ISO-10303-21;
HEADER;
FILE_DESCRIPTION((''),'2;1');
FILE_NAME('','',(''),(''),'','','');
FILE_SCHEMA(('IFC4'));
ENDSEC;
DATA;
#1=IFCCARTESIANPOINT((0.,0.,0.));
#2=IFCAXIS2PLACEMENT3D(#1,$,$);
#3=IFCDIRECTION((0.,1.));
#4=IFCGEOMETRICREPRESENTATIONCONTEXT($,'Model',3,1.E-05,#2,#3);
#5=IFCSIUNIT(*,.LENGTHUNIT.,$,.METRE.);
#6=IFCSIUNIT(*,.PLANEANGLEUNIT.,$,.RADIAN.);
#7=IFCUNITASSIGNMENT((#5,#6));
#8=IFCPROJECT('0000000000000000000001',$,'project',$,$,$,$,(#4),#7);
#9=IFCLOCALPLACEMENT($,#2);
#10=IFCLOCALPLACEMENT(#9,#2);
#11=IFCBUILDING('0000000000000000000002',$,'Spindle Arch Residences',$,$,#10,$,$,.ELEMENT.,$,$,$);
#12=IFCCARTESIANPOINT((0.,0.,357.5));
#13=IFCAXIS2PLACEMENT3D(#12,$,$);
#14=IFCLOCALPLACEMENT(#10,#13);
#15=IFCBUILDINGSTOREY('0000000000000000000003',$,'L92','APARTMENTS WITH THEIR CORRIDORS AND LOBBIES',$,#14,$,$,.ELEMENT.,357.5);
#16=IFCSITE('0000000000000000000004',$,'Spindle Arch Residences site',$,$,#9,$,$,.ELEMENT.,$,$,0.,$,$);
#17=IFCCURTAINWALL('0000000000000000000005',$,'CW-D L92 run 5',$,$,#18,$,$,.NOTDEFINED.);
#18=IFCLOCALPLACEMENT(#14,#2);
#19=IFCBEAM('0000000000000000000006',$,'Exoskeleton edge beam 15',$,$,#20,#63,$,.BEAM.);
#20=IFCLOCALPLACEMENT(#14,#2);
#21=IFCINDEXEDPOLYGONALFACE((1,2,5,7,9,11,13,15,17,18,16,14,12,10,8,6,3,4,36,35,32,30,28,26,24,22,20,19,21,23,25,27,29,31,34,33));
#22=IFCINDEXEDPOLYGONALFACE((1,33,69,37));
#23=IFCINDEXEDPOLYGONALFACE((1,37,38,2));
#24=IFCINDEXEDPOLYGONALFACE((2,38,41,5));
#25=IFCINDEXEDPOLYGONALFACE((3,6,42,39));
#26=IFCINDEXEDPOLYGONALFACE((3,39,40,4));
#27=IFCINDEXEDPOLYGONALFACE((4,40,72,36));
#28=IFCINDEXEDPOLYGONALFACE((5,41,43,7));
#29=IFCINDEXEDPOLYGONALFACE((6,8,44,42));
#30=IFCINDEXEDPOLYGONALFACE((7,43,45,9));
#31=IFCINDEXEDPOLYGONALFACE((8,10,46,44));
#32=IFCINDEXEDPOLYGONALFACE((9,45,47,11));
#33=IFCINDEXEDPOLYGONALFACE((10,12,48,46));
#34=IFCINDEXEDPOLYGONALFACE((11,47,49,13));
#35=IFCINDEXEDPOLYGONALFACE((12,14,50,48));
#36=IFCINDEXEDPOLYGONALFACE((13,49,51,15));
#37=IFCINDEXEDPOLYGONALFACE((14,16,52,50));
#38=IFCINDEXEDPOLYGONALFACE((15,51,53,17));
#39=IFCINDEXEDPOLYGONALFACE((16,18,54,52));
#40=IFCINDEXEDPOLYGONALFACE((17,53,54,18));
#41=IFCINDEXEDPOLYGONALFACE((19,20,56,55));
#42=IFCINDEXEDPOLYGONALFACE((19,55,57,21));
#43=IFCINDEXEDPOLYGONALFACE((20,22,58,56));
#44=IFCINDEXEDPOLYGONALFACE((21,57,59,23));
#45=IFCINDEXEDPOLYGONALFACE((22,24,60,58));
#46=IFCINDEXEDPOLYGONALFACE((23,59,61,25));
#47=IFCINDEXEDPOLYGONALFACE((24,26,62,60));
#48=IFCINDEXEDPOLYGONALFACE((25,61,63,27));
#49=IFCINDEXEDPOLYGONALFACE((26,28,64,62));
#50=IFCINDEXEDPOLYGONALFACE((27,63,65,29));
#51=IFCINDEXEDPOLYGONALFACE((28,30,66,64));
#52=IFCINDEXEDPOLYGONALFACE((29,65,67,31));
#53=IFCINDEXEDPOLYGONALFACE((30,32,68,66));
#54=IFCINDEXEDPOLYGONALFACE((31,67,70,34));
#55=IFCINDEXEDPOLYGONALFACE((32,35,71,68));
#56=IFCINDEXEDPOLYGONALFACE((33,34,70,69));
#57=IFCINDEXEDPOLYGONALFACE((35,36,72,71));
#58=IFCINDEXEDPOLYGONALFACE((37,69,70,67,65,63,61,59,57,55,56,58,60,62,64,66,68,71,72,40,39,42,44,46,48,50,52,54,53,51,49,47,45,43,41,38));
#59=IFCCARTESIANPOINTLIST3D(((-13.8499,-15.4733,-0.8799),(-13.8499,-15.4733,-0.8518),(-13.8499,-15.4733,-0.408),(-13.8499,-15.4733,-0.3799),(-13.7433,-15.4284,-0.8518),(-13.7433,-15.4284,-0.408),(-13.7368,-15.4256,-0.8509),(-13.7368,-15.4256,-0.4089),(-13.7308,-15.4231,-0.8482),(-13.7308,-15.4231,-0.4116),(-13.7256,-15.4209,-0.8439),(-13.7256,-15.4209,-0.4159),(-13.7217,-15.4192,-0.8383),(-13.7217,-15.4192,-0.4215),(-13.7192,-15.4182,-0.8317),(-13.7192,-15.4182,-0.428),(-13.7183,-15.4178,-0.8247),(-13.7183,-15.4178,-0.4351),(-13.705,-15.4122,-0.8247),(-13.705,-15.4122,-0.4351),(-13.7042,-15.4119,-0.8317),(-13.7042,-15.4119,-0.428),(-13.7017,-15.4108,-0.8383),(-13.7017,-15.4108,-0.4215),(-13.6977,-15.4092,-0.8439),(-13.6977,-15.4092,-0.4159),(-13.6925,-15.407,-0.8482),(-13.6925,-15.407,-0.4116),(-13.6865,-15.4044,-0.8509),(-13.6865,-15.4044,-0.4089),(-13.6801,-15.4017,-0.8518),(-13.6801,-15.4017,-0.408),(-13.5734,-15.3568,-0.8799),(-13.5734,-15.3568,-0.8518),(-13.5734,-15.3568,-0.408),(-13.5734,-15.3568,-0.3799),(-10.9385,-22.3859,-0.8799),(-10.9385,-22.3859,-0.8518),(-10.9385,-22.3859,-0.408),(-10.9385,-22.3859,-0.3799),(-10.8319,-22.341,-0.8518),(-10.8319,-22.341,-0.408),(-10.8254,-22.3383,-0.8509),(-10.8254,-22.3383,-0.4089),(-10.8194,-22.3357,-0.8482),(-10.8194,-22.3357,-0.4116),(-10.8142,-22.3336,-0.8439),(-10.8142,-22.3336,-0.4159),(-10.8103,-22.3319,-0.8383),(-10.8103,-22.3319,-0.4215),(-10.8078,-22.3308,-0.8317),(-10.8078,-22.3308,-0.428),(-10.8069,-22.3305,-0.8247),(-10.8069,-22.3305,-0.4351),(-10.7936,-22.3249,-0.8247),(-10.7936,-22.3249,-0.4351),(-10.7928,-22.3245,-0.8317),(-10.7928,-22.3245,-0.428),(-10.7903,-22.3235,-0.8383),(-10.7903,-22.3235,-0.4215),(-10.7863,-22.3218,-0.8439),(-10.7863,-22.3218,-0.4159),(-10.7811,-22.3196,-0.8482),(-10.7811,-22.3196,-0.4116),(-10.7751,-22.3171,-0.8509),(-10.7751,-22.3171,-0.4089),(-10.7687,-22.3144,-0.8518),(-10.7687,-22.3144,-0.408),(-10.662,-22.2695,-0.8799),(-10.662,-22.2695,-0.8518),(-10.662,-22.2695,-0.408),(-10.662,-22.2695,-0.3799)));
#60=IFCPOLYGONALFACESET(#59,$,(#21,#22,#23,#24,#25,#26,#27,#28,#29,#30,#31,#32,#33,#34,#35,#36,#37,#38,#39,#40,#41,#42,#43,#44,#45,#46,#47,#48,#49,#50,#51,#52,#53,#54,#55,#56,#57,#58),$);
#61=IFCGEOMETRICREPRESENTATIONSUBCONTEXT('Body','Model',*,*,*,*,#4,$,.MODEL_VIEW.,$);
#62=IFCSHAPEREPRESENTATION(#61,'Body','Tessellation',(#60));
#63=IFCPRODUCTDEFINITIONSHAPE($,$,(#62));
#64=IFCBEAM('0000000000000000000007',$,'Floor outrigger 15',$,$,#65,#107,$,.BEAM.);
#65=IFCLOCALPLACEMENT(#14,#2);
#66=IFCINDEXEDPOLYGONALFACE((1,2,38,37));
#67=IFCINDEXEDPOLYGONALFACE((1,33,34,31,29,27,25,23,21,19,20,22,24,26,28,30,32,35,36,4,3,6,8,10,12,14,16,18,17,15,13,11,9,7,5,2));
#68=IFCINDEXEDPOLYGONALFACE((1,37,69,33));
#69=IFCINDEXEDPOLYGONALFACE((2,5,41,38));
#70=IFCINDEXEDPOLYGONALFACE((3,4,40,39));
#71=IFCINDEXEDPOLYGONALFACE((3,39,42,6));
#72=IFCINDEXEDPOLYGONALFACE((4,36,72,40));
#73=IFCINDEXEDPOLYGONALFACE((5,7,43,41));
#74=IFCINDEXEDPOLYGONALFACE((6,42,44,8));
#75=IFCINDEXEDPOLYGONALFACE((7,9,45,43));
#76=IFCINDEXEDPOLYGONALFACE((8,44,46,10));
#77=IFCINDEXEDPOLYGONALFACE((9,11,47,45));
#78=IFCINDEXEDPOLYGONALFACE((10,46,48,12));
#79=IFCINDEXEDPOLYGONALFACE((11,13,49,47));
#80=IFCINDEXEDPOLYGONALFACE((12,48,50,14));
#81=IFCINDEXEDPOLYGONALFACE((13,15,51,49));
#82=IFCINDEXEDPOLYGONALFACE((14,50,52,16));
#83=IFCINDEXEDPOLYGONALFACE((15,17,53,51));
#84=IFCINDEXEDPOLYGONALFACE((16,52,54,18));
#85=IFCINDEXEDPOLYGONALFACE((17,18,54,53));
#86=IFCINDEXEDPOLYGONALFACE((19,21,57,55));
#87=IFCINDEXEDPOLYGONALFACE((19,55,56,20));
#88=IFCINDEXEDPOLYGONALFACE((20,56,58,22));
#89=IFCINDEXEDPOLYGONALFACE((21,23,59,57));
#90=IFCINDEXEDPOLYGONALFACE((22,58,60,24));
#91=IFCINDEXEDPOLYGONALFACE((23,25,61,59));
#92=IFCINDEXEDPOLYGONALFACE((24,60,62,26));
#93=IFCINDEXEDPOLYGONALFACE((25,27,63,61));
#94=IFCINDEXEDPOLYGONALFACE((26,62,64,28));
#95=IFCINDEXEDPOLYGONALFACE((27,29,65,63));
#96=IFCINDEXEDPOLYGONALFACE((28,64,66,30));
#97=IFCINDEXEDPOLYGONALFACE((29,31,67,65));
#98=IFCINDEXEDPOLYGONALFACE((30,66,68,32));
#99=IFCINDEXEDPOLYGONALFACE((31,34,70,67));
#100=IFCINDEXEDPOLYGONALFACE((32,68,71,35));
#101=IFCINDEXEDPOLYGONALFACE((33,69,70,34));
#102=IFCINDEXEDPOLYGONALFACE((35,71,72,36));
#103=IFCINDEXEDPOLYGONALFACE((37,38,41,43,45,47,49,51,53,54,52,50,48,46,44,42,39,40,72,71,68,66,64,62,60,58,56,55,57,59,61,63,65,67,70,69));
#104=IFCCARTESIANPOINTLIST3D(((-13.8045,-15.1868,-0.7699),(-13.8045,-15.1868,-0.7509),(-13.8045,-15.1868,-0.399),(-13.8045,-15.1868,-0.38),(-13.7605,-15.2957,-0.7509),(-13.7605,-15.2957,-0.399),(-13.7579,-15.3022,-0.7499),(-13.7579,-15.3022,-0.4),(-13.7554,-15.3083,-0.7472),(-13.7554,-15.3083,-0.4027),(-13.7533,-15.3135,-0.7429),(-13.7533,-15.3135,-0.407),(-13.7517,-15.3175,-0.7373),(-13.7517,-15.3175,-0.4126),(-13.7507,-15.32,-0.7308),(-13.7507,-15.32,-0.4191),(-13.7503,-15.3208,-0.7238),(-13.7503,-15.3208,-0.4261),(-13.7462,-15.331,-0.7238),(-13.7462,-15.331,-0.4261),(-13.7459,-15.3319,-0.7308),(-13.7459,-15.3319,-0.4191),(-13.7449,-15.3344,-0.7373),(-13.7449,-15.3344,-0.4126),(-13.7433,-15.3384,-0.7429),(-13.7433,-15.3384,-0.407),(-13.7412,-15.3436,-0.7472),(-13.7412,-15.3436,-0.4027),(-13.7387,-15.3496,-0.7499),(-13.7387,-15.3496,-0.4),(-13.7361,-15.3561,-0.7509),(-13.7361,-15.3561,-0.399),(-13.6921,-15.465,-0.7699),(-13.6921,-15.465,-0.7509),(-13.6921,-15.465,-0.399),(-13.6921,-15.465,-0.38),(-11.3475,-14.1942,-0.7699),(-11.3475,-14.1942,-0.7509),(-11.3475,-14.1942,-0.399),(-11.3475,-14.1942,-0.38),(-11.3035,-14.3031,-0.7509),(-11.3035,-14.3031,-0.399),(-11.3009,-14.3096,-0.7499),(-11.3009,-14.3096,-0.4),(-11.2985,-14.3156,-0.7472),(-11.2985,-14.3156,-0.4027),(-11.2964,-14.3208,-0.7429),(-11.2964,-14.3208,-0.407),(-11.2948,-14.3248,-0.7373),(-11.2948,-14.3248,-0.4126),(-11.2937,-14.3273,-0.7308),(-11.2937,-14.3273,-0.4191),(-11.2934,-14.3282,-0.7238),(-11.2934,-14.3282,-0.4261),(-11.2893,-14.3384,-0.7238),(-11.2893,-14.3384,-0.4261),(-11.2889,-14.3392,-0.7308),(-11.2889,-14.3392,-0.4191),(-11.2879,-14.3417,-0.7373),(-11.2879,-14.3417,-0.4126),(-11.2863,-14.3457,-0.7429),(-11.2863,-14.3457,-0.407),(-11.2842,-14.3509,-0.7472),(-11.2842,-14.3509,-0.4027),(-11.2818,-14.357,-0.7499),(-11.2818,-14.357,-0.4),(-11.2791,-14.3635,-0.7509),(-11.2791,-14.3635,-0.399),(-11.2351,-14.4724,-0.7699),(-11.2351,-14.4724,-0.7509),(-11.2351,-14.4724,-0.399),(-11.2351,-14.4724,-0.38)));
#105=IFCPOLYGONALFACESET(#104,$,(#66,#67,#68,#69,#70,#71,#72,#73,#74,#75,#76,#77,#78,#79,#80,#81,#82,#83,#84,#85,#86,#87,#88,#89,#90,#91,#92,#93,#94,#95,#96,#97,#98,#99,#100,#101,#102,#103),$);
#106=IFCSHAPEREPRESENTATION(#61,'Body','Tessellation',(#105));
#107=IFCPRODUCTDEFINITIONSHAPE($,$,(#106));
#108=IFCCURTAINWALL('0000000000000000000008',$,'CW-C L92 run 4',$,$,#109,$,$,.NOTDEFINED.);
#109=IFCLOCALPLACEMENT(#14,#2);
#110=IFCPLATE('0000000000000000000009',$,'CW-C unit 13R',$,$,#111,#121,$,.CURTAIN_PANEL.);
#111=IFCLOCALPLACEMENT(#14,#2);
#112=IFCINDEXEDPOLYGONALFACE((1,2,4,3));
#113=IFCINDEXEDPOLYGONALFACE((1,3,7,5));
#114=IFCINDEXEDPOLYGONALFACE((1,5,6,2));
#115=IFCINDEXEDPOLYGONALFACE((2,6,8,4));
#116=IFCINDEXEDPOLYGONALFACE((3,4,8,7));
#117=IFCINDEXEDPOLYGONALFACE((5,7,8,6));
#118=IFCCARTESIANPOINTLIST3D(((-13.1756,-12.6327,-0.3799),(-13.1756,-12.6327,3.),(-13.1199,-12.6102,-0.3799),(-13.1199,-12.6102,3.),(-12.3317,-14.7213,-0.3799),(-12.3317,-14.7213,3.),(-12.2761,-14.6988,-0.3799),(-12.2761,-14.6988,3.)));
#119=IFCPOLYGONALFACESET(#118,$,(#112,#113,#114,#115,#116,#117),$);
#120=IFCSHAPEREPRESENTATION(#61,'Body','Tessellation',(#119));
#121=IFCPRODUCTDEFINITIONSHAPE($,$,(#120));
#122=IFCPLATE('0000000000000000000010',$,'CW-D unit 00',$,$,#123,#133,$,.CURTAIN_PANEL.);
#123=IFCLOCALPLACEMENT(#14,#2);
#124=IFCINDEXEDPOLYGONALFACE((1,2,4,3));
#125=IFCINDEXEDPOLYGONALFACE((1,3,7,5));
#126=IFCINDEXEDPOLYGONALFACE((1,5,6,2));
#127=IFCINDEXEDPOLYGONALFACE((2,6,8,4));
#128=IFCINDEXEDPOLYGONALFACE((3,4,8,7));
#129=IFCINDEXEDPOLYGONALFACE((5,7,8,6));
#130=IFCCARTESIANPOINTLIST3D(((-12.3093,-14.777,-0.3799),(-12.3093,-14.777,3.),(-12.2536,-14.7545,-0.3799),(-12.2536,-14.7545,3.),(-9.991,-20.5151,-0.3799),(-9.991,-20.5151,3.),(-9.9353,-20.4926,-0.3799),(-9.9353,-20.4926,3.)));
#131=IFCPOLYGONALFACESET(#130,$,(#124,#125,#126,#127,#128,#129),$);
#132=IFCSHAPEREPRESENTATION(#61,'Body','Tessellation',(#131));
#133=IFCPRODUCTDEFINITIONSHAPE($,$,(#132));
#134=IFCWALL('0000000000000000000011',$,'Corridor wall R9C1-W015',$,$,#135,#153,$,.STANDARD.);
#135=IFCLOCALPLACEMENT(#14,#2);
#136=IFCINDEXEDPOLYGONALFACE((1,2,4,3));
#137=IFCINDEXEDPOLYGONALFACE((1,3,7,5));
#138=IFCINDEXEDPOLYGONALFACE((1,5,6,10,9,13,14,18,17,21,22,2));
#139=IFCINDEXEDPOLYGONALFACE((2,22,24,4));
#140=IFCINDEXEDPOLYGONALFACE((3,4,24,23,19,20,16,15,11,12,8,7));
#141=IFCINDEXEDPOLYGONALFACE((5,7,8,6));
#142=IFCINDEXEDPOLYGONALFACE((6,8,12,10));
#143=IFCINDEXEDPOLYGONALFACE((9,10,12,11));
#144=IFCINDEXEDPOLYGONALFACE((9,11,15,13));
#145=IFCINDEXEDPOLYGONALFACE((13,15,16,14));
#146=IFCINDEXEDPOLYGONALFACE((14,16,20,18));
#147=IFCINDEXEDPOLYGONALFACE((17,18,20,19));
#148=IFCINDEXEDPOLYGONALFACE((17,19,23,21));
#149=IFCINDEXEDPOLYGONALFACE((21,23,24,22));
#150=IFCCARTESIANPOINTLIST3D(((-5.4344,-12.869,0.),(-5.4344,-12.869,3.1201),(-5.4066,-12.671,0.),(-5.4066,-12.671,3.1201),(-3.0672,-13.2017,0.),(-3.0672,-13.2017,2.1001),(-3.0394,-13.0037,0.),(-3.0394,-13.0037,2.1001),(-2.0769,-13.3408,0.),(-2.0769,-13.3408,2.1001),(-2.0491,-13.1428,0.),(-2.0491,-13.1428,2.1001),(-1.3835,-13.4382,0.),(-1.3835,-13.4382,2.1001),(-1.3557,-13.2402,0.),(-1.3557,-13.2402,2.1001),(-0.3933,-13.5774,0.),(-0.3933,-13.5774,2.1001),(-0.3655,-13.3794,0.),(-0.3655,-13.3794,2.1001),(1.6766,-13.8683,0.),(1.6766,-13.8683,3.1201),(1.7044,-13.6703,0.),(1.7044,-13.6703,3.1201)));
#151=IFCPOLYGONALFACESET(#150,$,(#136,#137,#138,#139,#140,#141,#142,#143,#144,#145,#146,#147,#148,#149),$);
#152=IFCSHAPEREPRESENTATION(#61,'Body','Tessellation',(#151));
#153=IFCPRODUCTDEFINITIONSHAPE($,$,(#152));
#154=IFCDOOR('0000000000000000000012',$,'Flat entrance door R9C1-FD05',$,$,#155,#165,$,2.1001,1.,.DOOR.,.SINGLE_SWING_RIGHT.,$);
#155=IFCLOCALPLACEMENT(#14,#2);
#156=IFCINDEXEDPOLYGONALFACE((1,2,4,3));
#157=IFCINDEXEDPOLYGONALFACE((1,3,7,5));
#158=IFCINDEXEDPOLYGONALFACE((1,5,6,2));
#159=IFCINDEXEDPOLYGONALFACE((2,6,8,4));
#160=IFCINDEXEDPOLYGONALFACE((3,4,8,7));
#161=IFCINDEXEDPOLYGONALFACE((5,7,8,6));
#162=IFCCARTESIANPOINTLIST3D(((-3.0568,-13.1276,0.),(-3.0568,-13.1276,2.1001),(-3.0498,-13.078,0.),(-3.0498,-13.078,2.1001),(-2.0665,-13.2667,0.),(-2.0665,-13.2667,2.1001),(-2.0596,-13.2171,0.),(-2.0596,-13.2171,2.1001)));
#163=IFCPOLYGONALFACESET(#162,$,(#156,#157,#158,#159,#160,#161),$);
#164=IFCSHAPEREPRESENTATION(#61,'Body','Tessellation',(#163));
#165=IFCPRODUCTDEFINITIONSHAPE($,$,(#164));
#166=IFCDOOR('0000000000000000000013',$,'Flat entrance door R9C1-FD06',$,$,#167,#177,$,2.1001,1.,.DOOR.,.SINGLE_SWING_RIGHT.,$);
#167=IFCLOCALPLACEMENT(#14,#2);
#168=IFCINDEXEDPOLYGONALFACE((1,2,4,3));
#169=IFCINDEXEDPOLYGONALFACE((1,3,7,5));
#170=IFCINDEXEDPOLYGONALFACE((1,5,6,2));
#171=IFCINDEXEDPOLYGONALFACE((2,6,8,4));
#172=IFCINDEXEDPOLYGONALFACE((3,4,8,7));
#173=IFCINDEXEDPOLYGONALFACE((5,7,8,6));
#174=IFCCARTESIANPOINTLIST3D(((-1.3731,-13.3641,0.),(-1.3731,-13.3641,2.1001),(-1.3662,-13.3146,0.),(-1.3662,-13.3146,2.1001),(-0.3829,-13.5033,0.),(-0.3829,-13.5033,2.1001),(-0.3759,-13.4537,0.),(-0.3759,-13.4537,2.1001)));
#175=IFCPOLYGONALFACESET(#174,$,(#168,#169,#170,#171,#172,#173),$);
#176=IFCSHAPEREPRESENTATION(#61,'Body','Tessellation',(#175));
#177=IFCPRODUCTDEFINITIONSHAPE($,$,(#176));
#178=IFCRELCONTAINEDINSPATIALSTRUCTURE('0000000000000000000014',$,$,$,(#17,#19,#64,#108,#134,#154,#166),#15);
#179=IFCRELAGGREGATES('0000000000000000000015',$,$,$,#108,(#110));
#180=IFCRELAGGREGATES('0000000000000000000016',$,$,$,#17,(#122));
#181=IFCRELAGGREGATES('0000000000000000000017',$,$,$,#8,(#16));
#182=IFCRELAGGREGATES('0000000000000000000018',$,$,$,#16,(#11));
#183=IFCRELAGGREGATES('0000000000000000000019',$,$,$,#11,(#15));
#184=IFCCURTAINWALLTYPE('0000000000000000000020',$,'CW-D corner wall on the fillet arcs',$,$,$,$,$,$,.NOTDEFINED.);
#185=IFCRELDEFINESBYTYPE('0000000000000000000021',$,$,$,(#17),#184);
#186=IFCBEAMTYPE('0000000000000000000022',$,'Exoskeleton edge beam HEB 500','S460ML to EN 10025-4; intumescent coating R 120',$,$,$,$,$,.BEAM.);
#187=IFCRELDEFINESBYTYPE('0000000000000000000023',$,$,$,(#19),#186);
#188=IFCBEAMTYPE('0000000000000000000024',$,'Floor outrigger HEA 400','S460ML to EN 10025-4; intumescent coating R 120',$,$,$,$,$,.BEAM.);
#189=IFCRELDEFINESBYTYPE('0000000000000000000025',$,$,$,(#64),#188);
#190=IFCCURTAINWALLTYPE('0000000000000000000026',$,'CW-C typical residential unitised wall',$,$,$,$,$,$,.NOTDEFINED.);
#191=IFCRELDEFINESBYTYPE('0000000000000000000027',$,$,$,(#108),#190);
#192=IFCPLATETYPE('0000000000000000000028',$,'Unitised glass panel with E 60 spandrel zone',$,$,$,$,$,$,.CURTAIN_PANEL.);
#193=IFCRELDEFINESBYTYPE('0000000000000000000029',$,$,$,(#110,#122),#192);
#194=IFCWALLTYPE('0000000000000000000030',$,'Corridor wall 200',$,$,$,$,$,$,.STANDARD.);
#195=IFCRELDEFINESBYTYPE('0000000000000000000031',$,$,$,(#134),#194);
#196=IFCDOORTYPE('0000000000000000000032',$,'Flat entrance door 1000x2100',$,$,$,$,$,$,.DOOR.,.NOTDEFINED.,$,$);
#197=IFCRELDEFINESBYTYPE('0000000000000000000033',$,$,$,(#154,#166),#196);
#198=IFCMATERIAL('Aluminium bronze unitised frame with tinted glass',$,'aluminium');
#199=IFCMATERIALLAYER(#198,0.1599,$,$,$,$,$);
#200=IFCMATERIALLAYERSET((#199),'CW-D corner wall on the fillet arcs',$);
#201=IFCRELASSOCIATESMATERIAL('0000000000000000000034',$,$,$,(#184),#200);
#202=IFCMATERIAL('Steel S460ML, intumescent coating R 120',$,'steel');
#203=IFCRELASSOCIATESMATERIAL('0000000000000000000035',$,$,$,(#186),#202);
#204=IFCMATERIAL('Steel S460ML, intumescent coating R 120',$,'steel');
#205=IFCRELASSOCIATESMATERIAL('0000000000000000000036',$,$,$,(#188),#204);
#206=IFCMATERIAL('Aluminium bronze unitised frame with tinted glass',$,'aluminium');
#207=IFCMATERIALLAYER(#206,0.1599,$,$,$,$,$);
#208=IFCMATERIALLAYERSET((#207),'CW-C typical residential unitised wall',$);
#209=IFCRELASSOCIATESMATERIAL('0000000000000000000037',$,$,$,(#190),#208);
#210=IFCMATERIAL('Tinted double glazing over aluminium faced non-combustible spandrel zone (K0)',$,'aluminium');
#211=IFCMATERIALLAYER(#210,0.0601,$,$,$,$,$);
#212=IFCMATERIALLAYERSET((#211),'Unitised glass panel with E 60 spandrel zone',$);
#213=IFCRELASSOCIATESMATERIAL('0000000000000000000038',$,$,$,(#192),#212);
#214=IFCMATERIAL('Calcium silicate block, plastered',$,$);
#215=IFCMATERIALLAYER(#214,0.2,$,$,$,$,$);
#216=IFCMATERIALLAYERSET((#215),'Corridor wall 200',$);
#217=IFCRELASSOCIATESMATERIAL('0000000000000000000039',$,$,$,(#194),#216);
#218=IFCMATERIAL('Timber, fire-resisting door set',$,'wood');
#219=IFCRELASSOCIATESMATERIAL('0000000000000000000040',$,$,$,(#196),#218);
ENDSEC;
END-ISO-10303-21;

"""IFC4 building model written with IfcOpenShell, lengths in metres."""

from ifc_helpers import new_model, si_unit, direction, frame, frame_2d, origin, origin_2d, place, context, subcontext, project, spatial, rectangle, i_section, extrude, material, layer, layer_set, material_profile, profile_set, type_object, element, fill, aggregate, save


model = new_model("IFC4")

# Units and contexts
model_context = context("Model", 3, precision=1e-05, world=origin(), true_north=direction((0.0, 1.0)))
body_context = subcontext(model_context, "Body", "Model", "MODEL_VIEW")
ifc_project = project(units=[si_unit("LENGTHUNIT", "METRE"), si_unit("PLANEANGLEUNIT", "RADIAN")], contexts=[model_context])

# Site, building, storey
site_placement = place(None, origin())
site = spatial("IfcSite", under=ifc_project, at=site_placement, Name="Spindle Arch Residences site", CompositionType="ELEMENT", RefElevation=0.0)
building_placement = place(site_placement, origin())
building = spatial("IfcBuilding", under=site, at=building_placement, Name="Spindle Arch Residences", CompositionType="ELEMENT")
storey_placement = place(building_placement, frame((0.0, 0.0, 357.5)))
storey = spatial("IfcBuildingStorey", under=building, at=storey_placement, Name="L92", Description="APARTMENTS WITH THEIR CORRIDORS AND LOBBIES", CompositionType="ELEMENT", Elevation=357.5)

# Curtain wall
ifc_material_1 = material(Name="Aluminium bronze unitised frame with tinted glass", Category="aluminium")
ifc_layer_1 = layer(ifc_material_1, 0.1599)
ifc_layer_set_1 = layer_set([ifc_layer_1], Name="CW-D corner wall on the fillet arcs")
curtain_wall_type_1 = type_object("IfcCurtainWallType", Name="CW-D corner wall on the fillet arcs", PredefinedType="NOTDEFINED", material=ifc_layer_set_1)
curtain_wall_1_placement = place(storey_placement, origin())
curtain_wall_1 = element("IfcCurtainWall", 1, at=curtain_wall_1_placement, inside=storey, type_object=curtain_wall_type_1, Name="CW-D L92 run 5", PredefinedType="NOTDEFINED")

# Beams
ifc_material_2 = material(Name="Steel S460ML, intumescent coating R 120", Category="steel")
ifc_material_profile_1 = material_profile(ifc_material_2, i_section(OverallWidth=0.3, OverallDepth=0.5, WebThickness=0.0144, FlangeThickness=0.0281, FilletRadius=0.0271, at=origin_2d()), Name="HEB 500")
ifc_profile_set_1 = profile_set([ifc_material_profile_1], Name="Steel S460ML, intumescent coating R 120")
beam_type_1 = type_object("IfcBeamType", Name="Exoskeleton edge beam HEB 500", Description="S460ML to EN 10025-4; intumescent coating R 120", PredefinedType="BEAM", material=ifc_profile_set_1)
beam_1_placement = place(storey_placement, frame((-13.7117, -15.415, -0.6299), z_axis=(0.388149, -0.921597, 0.0), x_axis=(0.921597, 0.388149, 0.0)))
element("IfcBeam", 2, at=beam_1_placement, inside=storey, type_object=beam_type_1, Name="Exoskeleton edge beam 15", PredefinedType="BEAM", context=body_context, shape_type="SweptSolid", body=[
    extrude(i_section(OverallWidth=0.3, OverallDepth=0.5, WebThickness=0.0144, FlangeThickness=0.0281, FilletRadius=0.0271, at=origin_2d()), origin(), (0.0, 0.0, 1.0), 7.5007),
])
ifc_material_3 = material(Name="Steel S460ML, intumescent coating R 120", Category="steel")
ifc_material_profile_2 = material_profile(ifc_material_3, i_section(OverallWidth=0.3, OverallDepth=0.3899, WebThickness=0.011, FlangeThickness=0.019, FilletRadius=0.0271, at=origin_2d()), Name="HEA 400")
ifc_profile_set_2 = profile_set([ifc_material_profile_2], Name="Steel S460ML, intumescent coating R 120")
beam_type_2 = type_object("IfcBeamType", Name="Floor outrigger HEA 400", Description="S460ML to EN 10025-4; intumescent coating R 120", PredefinedType="BEAM", material=ifc_profile_set_2)
beam_2_placement = place(storey_placement, frame((-13.7483, -15.3259, -0.575), z_axis=(0.927188, 0.374597, 0.0), x_axis=(-0.374597, 0.927188, 0.0)))
element("IfcBeam", 3, at=beam_2_placement, inside=storey, type_object=beam_type_2, Name="Floor outrigger 15", PredefinedType="BEAM", context=body_context, shape_type="SweptSolid", body=[
    extrude(i_section(OverallWidth=0.3, OverallDepth=0.3899, WebThickness=0.011, FlangeThickness=0.019, FilletRadius=0.0271, at=origin_2d()), origin(), (0.0, 0.0, 1.0), 2.6499),
])

# Curtain wall, plate
ifc_material_4 = material(Name="Aluminium bronze unitised frame with tinted glass", Category="aluminium")
ifc_layer_2 = layer(ifc_material_4, 0.1599)
ifc_layer_set_2 = layer_set([ifc_layer_2], Name="CW-C typical residential unitised wall")
curtain_wall_type_2 = type_object("IfcCurtainWallType", Name="CW-C typical residential unitised wall", PredefinedType="NOTDEFINED", material=ifc_layer_set_2)
curtain_wall_2_placement = place(storey_placement, origin())
curtain_wall_2 = element("IfcCurtainWall", 4, at=curtain_wall_2_placement, inside=storey, type_object=curtain_wall_type_2, Name="CW-C L92 run 4", PredefinedType="NOTDEFINED")
ifc_material_5 = material(Name="Tinted double glazing over aluminium faced non-combustible spandrel zone (K0)", Category="aluminium")
ifc_layer_3 = layer(ifc_material_5, 0.0601)
ifc_layer_set_3 = layer_set([ifc_layer_3], Name="Unitised glass panel with E 60 spandrel zone")
plate_type = type_object("IfcPlateType", Name="Unitised glass panel with E 60 spandrel zone", PredefinedType="CURTAIN_PANEL", material=ifc_layer_set_3)
plate_1_placement = place(storey_placement, frame((-12.7258, -13.6658, -0.3799), z_axis=(0.0, 0.0, 1.0), x_axis=(0.374607, -0.927184, 0.0)))
plate_1 = element("IfcPlate", 5, at=plate_1_placement, type_object=plate_type, Name="CW-C unit 13R", PredefinedType="CURTAIN_PANEL", context=body_context, shape_type="SweptSolid", body=[
    extrude(rectangle(XDim=2.2527, YDim=0.0601, at=origin_2d()), origin(), (0.0, 0.0, 1.0), 3.3799),
])
aggregate(curtain_wall_2, [plate_1])

# Plate
plate_2_placement = place(storey_placement, frame((-11.1223, -17.6348, -0.3799), z_axis=(0.0, 0.0, 1.0), x_axis=(0.374607, -0.927184, 0.0)))
plate_2 = element("IfcPlate", 6, at=plate_2_placement, type_object=plate_type, Name="CW-D unit 00", PredefinedType="CURTAIN_PANEL", context=body_context, shape_type="SweptSolid", body=[
    extrude(rectangle(XDim=6.1887, YDim=0.0601, at=origin_2d()), origin(), (0.0, 0.0, 1.0), 3.3799),
])
aggregate(curtain_wall_1, [plate_2])

# Wall, openings, doors
ifc_material_6 = material(Name="Calcium silicate block, plastered")
ifc_layer_4 = layer(ifc_material_6, 0.2)
ifc_layer_set_4 = layer_set([ifc_layer_4], Name="Corridor wall 200")
wall_type_1 = type_object("IfcWallType", Name="Corridor wall 200", PredefinedType="STANDARD", material=ifc_layer_set_4)
wall_1_placement = place(storey_placement, frame((-5.4204, -12.77, 0.0), z_axis=(0.0, 0.0, 1.0), x_axis=(0.990271, -0.139155, 0.0)))
wall_1 = element("IfcWall", 7, at=wall_1_placement, inside=storey, type_object=wall_type_1, Name="Corridor wall R9C1-W015", PredefinedType="STANDARD", context=body_context, shape_type="SweptSolid", body=[
    extrude(rectangle(XDim=7.1809, YDim=0.2, at=frame_2d((3.5903, 0.0))), origin(), (0.0, 0.0, 1.0), 3.1201),
])
opening_1_placement = place(wall_1_placement, frame((2.3904, 0.0, 0.0)))
opening_1 = element("IfcOpeningElement", 8, at=opening_1_placement, cuts=wall_1, PredefinedType="OPENING", context=body_context, shape_type="SweptSolid", body=[
    extrude(rectangle(XDim=1.0, YDim=2.1001, at=frame_2d((0.5, 1.05))), frame((0.0, 0.1099, 0.0), z_axis=(0.0, -1.0, 0.0), x_axis=(1.0, 0.0, 0.0)), (0.0, 0.0, 1.0), 0.22),
])
opening_2_placement = place(wall_1_placement, frame((4.0906, 0.0, 0.0)))
opening_2 = element("IfcOpeningElement", 9, at=opening_2_placement, cuts=wall_1, PredefinedType="OPENING", context=body_context, shape_type="SweptSolid", body=[
    extrude(rectangle(XDim=1.0, YDim=2.1001, at=frame_2d((0.5, 1.05))), frame((0.0, 0.1099, 0.0), z_axis=(0.0, -1.0, 0.0), x_axis=(1.0, 0.0, 0.0)), (0.0, 0.0, 1.0), 0.22),
])
ifc_material_7 = material(Name="Timber, fire-resisting door set", Category="wood")
door_type_1 = type_object("IfcDoorType", Name="Flat entrance door 1000x2100", OperationType="NOTDEFINED", PredefinedType="DOOR", material=ifc_material_7)
door_1_placement = place(opening_1_placement, origin())
door_1 = element("IfcDoor", 10, at=door_1_placement, inside=storey, type_object=door_type_1, Name="Flat entrance door R9C1-FD05", OperationType="SINGLE_SWING_RIGHT", OverallHeight=2.1001, OverallWidth=1.0, PredefinedType="DOOR", context=body_context, shape_type="SweptSolid", body=[
    extrude(rectangle(XDim=1.0, YDim=2.1001, at=frame_2d((0.5, 1.05))), frame((0.0, 0.0249, 0.0), z_axis=(0.0, -1.0, 0.0), x_axis=(1.0, 0.0, 0.0)), (0.0, 0.0, 1.0), 0.05),
])
fill(opening_1, door_1)
door_2_placement = place(opening_2_placement, origin())
door_2 = element("IfcDoor", 11, at=door_2_placement, inside=storey, type_object=door_type_1, Name="Flat entrance door R9C1-FD06", OperationType="SINGLE_SWING_RIGHT", OverallHeight=2.1001, OverallWidth=1.0, PredefinedType="DOOR", context=body_context, shape_type="SweptSolid", body=[
    extrude(rectangle(XDim=1.0, YDim=2.1001, at=frame_2d((0.5, 1.05))), frame((0.0, 0.0249, 0.0), z_axis=(0.0, -1.0, 0.0), x_axis=(1.0, 0.0, 0.0)), (0.0, 0.0, 1.0), 0.05),
])
fill(opening_2, door_2)

save(model, "model.ifc")
